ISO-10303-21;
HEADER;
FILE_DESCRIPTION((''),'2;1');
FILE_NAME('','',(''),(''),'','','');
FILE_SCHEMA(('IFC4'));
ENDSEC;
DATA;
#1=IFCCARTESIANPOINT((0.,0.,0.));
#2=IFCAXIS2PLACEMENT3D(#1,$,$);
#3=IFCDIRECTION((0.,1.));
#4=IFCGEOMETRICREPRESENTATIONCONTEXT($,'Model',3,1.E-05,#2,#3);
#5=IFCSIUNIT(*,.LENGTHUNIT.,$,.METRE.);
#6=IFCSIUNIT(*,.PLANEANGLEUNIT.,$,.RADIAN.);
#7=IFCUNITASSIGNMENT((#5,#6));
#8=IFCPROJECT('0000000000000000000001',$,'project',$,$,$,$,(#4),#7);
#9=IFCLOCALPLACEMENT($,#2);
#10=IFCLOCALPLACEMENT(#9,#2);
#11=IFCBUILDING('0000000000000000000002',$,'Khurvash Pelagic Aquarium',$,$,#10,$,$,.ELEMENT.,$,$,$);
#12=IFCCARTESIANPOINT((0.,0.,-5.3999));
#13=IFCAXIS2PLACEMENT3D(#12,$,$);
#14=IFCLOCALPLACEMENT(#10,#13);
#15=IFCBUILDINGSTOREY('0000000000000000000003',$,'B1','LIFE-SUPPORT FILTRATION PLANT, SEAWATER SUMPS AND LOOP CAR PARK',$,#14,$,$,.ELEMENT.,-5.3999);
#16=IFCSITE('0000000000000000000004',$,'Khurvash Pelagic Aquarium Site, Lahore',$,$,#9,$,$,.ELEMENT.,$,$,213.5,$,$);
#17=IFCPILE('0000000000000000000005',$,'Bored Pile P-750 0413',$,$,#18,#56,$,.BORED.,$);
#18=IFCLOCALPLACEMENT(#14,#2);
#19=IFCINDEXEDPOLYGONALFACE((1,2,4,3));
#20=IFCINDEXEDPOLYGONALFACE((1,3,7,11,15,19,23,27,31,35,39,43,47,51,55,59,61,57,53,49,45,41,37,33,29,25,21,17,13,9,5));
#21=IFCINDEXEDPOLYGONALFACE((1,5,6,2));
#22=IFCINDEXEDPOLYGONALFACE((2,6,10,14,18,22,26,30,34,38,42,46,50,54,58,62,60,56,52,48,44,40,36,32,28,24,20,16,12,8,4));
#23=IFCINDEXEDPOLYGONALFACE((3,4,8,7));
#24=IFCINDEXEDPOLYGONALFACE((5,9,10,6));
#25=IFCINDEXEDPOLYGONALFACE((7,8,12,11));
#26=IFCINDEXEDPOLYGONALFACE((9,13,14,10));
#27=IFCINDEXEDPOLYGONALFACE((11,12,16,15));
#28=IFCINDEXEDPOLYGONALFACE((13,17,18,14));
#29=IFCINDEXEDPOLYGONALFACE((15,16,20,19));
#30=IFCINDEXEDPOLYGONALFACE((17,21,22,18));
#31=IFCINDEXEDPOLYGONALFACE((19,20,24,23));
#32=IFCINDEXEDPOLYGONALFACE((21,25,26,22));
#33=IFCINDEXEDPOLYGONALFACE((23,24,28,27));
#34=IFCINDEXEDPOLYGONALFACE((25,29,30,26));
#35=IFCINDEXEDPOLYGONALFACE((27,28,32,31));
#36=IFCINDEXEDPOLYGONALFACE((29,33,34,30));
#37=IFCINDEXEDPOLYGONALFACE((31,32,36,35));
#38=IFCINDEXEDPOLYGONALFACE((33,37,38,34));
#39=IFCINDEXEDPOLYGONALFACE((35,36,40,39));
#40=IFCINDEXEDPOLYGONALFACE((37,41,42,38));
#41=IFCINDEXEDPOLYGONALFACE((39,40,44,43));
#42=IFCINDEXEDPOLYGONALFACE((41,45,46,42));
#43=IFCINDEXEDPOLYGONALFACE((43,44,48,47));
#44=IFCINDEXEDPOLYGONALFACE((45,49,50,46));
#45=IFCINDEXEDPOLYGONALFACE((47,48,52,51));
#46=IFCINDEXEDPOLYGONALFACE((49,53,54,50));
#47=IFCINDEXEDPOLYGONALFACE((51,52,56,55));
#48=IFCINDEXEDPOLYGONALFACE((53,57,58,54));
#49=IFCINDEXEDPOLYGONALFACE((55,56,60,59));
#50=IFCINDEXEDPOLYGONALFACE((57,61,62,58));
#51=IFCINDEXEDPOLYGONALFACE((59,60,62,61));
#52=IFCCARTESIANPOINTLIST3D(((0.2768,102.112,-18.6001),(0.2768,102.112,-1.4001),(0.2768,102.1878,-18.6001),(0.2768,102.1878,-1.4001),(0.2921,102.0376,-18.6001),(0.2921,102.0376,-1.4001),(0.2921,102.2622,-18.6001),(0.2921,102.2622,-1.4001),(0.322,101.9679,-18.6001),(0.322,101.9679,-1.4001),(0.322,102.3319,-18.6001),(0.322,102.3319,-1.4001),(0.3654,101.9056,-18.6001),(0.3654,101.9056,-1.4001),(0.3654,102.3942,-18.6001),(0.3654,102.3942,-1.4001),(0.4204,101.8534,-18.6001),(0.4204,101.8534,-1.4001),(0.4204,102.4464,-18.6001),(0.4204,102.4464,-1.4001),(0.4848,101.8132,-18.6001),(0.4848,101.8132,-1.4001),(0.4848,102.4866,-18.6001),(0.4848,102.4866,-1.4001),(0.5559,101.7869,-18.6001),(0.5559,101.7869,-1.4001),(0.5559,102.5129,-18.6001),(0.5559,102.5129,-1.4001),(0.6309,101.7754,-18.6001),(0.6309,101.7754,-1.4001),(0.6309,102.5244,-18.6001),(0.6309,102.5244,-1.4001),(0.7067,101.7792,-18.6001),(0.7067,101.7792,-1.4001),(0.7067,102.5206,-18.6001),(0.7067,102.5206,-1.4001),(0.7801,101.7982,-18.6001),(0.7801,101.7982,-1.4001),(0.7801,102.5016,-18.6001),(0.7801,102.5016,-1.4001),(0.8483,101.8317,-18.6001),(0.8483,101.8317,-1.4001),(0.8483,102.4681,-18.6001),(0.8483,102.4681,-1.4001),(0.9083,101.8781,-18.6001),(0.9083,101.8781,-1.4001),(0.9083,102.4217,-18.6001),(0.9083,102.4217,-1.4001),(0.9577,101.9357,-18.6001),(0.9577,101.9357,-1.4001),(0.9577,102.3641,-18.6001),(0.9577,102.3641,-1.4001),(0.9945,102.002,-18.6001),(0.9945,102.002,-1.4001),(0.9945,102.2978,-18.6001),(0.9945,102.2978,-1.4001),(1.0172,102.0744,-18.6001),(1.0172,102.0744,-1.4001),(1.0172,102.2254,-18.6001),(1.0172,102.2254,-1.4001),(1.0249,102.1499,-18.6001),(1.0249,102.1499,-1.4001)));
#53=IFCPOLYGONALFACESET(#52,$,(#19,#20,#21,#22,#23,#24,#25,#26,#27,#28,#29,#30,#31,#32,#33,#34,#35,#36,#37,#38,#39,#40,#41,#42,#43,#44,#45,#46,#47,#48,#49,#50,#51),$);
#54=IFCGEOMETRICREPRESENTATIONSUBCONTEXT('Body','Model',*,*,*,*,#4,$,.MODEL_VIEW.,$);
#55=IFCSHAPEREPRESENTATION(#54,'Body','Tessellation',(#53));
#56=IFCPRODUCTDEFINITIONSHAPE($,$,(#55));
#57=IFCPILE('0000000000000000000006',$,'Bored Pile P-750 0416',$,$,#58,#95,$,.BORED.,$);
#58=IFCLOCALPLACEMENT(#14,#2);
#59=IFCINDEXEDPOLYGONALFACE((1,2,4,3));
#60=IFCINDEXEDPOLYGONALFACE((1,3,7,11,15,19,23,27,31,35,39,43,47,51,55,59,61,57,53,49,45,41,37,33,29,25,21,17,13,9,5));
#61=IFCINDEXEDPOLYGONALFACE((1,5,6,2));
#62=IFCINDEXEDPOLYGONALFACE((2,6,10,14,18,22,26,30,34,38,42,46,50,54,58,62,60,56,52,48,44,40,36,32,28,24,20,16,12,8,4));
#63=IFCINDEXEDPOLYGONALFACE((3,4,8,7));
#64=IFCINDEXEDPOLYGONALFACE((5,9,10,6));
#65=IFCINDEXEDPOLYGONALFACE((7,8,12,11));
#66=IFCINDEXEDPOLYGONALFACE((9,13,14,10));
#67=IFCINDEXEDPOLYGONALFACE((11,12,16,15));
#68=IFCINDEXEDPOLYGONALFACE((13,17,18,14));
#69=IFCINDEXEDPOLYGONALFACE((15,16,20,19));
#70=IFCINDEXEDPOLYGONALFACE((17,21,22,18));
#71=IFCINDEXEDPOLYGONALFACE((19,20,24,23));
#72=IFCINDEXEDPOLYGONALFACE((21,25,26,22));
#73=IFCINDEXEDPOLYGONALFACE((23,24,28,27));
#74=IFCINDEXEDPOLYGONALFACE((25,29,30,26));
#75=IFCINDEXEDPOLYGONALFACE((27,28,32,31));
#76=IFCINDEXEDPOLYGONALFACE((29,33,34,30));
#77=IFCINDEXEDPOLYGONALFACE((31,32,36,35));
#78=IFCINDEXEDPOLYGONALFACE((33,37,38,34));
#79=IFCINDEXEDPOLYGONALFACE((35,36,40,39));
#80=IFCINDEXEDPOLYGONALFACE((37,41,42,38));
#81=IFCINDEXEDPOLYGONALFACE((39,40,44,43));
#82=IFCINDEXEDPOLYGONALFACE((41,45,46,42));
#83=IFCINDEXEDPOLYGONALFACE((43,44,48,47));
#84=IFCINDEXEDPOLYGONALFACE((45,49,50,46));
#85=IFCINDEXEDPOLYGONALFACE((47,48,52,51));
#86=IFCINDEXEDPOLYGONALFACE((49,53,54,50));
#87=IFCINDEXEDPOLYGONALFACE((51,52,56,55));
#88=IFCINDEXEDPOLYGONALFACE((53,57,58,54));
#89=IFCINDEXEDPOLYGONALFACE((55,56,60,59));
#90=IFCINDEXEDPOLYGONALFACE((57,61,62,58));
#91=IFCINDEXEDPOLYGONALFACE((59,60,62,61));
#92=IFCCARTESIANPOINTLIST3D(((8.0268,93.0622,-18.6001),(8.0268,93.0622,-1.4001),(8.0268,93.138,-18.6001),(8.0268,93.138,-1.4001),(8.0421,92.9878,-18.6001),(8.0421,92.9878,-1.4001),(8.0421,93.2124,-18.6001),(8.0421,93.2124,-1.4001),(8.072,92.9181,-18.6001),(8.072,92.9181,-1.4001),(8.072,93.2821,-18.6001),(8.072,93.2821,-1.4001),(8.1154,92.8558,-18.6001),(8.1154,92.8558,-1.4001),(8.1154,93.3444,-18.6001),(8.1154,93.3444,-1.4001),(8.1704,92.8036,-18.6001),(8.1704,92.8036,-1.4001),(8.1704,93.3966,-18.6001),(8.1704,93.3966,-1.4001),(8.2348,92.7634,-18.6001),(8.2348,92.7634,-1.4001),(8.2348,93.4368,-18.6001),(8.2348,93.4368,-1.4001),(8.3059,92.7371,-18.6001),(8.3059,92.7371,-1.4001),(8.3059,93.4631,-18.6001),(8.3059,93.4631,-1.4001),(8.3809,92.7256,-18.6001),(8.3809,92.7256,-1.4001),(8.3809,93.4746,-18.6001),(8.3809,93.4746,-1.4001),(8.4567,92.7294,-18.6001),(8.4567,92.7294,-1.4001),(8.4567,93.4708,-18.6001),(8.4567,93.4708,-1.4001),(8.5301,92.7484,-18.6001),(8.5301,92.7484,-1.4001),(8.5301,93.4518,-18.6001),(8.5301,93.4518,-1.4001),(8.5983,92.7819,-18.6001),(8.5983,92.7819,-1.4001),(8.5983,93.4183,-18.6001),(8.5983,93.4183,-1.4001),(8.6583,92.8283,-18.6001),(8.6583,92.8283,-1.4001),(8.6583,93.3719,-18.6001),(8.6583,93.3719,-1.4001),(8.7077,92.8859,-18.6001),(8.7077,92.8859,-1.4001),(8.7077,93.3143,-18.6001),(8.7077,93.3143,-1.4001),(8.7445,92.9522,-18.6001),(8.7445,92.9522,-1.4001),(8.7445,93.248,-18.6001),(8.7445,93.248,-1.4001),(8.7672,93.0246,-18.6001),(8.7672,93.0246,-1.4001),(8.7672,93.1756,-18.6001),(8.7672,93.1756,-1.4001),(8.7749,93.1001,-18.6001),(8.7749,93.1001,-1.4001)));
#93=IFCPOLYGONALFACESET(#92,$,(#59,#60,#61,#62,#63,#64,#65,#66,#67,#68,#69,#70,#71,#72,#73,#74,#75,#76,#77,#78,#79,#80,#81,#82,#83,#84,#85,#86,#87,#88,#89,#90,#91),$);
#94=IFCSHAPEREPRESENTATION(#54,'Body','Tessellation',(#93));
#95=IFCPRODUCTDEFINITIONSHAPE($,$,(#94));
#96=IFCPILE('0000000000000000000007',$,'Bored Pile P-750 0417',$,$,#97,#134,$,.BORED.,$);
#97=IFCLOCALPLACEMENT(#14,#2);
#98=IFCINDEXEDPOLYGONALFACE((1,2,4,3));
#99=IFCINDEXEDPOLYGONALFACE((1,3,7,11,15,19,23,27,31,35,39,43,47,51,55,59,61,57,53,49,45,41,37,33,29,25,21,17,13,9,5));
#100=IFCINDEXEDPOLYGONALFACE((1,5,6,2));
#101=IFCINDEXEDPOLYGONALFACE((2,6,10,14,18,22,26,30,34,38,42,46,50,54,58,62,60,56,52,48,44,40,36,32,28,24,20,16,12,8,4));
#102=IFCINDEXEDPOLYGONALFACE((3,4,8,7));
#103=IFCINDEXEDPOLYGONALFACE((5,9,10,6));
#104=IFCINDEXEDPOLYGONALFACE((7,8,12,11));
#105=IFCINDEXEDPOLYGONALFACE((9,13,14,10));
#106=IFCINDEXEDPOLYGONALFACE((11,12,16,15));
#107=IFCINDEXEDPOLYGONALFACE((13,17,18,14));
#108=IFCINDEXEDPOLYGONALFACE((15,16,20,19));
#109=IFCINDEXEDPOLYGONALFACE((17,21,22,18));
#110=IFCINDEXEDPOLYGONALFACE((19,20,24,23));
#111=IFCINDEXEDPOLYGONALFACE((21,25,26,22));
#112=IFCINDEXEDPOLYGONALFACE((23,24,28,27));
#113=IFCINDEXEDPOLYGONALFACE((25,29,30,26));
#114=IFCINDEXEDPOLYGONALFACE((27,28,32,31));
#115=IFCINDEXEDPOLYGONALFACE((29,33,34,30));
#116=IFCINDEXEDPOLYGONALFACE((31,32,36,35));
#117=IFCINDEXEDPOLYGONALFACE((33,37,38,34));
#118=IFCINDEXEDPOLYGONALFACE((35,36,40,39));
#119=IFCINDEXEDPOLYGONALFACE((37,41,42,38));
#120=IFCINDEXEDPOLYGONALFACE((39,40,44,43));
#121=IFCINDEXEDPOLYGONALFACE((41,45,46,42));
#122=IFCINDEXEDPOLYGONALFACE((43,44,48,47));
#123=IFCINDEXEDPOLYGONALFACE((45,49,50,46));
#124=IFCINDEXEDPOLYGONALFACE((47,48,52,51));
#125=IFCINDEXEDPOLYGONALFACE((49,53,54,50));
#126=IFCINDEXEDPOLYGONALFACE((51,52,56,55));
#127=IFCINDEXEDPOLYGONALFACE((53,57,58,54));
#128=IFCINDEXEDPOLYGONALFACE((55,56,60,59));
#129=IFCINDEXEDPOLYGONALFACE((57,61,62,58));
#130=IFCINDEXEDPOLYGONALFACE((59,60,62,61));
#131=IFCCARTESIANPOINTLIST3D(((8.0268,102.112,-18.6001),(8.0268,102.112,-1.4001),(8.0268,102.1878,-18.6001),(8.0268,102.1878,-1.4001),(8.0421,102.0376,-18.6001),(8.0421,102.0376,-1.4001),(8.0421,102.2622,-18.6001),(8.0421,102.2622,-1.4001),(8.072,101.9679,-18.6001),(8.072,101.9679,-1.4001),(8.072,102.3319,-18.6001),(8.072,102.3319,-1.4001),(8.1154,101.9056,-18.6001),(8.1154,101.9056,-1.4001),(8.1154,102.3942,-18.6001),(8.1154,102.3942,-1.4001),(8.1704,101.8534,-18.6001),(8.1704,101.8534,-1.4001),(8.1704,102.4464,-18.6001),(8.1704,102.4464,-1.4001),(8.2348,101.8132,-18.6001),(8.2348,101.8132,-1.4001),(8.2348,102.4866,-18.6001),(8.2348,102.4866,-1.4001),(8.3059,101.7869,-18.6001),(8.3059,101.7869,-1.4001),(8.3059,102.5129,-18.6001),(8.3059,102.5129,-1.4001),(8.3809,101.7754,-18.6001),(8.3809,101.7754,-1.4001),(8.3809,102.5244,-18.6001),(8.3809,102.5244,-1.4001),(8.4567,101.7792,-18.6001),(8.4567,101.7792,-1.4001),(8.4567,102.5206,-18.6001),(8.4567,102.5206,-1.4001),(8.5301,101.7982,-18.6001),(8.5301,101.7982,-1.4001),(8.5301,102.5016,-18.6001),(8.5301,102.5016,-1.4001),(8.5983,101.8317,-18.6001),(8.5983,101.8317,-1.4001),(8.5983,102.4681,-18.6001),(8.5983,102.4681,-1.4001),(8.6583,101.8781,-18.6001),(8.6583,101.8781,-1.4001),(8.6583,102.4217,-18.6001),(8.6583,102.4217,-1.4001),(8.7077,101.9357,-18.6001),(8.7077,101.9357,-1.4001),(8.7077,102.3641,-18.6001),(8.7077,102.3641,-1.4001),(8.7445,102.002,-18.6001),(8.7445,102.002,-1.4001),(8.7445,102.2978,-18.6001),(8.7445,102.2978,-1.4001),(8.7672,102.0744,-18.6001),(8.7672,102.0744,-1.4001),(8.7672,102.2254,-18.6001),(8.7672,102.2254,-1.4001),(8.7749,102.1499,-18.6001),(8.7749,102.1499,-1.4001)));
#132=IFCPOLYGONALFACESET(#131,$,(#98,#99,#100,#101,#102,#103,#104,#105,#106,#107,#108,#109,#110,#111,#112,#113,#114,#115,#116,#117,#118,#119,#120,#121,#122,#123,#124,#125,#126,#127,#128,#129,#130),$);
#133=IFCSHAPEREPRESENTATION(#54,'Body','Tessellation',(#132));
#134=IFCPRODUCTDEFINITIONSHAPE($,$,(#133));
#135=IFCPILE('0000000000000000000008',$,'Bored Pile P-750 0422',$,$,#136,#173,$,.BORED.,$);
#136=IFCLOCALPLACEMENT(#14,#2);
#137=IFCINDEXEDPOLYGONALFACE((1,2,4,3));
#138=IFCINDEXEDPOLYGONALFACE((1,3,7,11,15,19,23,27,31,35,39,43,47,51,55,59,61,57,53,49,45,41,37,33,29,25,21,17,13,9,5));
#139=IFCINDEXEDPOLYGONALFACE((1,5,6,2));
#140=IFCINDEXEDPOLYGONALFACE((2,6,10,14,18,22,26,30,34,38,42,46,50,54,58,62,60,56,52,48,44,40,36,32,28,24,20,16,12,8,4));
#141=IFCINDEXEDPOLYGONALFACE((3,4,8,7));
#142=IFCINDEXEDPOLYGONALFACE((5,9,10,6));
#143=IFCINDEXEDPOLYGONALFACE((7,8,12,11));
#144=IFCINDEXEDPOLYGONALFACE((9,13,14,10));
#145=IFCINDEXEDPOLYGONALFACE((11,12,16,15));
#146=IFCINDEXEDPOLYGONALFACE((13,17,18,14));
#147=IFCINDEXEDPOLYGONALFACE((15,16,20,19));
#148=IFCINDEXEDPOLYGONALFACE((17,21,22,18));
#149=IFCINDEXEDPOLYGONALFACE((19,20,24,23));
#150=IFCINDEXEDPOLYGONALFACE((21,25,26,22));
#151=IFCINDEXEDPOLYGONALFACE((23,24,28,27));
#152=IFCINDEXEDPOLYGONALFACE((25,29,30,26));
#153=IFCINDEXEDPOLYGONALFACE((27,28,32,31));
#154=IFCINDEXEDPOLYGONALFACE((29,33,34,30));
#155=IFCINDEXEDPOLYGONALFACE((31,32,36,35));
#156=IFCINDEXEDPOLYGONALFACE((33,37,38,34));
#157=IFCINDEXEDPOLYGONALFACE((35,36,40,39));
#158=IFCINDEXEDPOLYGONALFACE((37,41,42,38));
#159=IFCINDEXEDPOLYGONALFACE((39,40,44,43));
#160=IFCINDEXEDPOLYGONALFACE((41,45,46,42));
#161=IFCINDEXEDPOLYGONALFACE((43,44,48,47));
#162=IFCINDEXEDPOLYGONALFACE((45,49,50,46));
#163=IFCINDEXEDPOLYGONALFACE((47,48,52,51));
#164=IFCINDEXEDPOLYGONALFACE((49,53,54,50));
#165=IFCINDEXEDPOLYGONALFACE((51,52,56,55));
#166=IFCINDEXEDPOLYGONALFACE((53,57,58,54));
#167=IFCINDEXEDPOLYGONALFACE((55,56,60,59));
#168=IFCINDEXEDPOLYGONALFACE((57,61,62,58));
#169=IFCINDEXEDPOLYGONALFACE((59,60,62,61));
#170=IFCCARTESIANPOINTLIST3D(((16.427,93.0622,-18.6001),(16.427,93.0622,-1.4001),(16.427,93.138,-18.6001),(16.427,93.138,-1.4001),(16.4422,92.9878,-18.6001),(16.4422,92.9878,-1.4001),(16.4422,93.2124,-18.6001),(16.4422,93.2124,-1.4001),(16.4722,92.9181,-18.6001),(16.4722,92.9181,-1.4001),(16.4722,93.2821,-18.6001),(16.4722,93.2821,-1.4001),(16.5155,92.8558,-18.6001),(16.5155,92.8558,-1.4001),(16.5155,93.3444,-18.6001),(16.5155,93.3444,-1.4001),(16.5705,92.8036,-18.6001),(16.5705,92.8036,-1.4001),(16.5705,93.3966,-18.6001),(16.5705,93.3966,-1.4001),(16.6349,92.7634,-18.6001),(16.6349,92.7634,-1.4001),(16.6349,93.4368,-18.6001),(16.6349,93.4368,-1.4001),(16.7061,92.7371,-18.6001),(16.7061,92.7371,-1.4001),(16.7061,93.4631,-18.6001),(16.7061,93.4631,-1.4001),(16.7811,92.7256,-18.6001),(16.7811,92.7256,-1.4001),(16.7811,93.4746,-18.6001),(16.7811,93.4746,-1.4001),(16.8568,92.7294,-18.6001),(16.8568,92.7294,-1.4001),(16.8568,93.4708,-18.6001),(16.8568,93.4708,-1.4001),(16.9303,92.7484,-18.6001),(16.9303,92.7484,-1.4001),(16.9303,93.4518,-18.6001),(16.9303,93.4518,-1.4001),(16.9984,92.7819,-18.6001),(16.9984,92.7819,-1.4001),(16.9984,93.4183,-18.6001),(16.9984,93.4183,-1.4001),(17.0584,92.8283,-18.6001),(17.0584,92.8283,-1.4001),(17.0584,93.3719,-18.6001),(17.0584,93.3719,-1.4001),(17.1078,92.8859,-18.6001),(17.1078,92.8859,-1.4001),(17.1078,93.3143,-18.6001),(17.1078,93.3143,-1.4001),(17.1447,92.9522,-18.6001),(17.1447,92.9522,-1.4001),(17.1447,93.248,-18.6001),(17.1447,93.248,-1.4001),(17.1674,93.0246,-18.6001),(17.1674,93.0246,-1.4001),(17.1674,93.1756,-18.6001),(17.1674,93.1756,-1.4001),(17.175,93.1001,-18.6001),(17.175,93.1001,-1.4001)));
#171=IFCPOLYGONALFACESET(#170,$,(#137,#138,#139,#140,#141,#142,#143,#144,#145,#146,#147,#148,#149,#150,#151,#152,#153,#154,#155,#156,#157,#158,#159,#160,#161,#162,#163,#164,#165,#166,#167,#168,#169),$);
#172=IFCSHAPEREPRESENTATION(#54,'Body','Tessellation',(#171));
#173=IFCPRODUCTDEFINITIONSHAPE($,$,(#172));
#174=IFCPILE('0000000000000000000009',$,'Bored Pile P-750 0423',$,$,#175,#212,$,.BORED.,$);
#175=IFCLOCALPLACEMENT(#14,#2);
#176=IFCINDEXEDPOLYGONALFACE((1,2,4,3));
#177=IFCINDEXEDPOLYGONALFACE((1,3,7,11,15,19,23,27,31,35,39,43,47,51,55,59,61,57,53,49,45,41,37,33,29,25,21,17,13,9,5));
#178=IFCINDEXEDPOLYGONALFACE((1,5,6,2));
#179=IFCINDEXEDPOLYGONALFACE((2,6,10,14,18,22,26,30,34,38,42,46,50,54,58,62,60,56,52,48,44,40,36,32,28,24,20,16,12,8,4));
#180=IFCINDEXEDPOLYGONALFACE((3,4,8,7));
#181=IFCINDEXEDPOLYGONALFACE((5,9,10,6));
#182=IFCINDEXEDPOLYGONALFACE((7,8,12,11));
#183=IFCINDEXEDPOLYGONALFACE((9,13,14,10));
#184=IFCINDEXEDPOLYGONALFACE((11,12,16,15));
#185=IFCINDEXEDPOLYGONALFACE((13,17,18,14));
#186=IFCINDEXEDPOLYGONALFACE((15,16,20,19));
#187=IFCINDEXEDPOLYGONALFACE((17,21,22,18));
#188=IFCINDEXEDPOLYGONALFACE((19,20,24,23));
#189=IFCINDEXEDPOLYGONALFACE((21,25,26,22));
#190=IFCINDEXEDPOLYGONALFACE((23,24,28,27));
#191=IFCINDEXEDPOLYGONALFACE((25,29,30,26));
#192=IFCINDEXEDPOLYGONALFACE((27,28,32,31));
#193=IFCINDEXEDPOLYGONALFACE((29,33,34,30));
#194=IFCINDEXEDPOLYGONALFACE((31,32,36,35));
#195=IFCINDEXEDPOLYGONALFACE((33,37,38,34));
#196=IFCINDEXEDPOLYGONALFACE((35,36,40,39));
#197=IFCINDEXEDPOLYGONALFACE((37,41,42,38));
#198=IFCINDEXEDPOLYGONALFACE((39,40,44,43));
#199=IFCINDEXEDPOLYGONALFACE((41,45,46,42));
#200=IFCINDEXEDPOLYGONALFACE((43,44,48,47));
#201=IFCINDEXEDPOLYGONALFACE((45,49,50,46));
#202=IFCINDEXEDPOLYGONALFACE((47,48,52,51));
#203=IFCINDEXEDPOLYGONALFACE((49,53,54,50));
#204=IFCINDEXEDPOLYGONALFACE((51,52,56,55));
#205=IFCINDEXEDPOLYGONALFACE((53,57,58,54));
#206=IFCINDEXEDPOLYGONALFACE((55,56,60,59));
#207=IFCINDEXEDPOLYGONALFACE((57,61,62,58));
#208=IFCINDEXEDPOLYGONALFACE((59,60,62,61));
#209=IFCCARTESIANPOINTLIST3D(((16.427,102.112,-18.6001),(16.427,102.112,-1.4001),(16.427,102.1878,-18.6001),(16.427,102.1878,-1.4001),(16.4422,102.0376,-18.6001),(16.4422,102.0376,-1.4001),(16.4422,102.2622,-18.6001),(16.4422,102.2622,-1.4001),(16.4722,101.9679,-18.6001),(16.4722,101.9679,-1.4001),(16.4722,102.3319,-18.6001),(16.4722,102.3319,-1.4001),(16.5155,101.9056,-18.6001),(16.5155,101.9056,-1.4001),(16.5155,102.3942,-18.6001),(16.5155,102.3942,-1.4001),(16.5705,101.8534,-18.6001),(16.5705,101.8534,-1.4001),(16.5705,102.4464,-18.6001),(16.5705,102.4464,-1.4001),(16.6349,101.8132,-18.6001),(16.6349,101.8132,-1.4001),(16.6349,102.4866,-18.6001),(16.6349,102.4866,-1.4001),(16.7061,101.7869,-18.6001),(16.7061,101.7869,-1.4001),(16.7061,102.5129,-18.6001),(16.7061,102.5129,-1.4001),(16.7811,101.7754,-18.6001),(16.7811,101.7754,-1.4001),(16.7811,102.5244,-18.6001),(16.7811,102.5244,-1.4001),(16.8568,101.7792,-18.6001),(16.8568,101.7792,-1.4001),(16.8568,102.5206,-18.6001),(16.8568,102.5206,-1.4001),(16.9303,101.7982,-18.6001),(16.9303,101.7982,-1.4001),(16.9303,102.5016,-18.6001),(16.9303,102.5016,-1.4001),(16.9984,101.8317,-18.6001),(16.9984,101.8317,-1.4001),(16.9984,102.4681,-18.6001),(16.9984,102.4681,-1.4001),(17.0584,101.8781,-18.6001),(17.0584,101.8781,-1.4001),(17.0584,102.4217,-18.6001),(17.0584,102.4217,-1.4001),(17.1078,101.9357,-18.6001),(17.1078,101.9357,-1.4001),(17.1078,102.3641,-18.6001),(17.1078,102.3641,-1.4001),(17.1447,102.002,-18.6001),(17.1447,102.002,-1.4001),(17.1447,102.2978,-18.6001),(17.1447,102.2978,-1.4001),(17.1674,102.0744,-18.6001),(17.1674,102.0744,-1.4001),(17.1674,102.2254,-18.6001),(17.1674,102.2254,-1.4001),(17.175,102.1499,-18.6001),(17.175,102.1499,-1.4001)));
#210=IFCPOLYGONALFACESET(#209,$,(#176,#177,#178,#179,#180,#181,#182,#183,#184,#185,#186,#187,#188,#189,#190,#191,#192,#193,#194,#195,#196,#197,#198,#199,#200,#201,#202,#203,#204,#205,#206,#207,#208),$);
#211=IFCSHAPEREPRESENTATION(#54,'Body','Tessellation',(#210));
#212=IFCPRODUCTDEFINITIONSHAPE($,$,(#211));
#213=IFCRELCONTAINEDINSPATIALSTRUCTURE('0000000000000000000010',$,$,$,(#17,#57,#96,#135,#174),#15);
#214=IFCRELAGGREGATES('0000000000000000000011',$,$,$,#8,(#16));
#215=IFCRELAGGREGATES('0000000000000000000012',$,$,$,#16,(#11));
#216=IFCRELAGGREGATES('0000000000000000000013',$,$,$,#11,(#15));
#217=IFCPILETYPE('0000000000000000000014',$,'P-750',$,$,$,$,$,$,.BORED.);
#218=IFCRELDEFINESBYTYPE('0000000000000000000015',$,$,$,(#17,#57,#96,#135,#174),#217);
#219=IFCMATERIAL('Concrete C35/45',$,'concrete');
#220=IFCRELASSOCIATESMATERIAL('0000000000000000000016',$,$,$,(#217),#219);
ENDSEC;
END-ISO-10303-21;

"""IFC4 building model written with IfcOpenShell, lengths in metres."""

from ifc_helpers import new_model, si_unit, direction, frame, origin, origin_2d, place, context, subcontext, project, spatial, circle, extrude, material, material_profile, profile_set, type_object, element, save


model = new_model("IFC4")

# Units and contexts
model_context = context("Model", 3, precision=1e-05, world=origin(), true_north=direction((0.0, 1.0)))
body_context = subcontext(model_context, "Body", "Model", "MODEL_VIEW")
ifc_project = project(units=[si_unit("LENGTHUNIT", "METRE"), si_unit("PLANEANGLEUNIT", "RADIAN")], contexts=[model_context])

# Site, building, storey
site_placement = place(None, origin())
site = spatial("IfcSite", under=ifc_project, at=site_placement, Name="Khurvash Pelagic Aquarium Site, Lahore", CompositionType="ELEMENT", RefElevation=213.5)
building_placement = place(site_placement, origin())
building = spatial("IfcBuilding", under=site, at=building_placement, Name="Khurvash Pelagic Aquarium", CompositionType="ELEMENT")
storey_placement = place(building_placement, frame((0.0, 0.0, -5.3999)))
storey = spatial("IfcBuildingStorey", under=building, at=storey_placement, Name="B1", Description="LIFE-SUPPORT FILTRATION PLANT, SEAWATER SUMPS AND LOOP CAR PARK", CompositionType="ELEMENT", Elevation=-5.3999)

# Shared definitions
ifc_material_1 = material(Name="Concrete C35/45", Category="concrete")

# Piles
ifc_material_profile_1 = material_profile(ifc_material_1, circle(Radius=0.375, at=origin_2d()), Name="PILE750")
ifc_profile_set_1 = profile_set([ifc_material_profile_1], Name="Concrete C35/45")
pile_type = type_object("IfcPileType", Name="P-750", PredefinedType="BORED", material=ifc_profile_set_1)
for number, where, z_axis, x_axis, name in (
    (1, (0.6499, 102.1499, -1.4001), (0.0, 0.0, -1.0), (1.0, 0.0, 0.0), "Bored Pile P-750 0413"),
    (2, (8.3999, 93.1001, -1.4001), (0.0, 0.0, -1.0), (1.0, 0.0, 0.0), "Bored Pile P-750 0416"),
    (3, (8.3999, 102.1499, -1.4001), (0.0, 0.0, -1.0), (1.0, 0.0, 0.0), "Bored Pile P-750 0417"),
    (4, (16.8, 93.1001, -1.4001), (0.0, 0.0, -1.0), (1.0, 0.0, 0.0), "Bored Pile P-750 0422"),
    (5, (16.8, 102.1499, -1.4001), (0.0, 0.0, -1.0), (1.0, 0.0, 0.0), "Bored Pile P-750 0423"),
):
    element("IfcPile", number, at=place(storey_placement, frame(where, z_axis=z_axis, x_axis=x_axis)), inside=storey, type_object=pile_type, Name=name, PredefinedType="BORED", context=body_context, shape_type="SweptSolid", body=[
        extrude(circle(Radius=0.375, at=origin_2d()), origin(), (0.0, 0.0, 1.0), 17.2),
    ])

save(model, "model.ifc")
